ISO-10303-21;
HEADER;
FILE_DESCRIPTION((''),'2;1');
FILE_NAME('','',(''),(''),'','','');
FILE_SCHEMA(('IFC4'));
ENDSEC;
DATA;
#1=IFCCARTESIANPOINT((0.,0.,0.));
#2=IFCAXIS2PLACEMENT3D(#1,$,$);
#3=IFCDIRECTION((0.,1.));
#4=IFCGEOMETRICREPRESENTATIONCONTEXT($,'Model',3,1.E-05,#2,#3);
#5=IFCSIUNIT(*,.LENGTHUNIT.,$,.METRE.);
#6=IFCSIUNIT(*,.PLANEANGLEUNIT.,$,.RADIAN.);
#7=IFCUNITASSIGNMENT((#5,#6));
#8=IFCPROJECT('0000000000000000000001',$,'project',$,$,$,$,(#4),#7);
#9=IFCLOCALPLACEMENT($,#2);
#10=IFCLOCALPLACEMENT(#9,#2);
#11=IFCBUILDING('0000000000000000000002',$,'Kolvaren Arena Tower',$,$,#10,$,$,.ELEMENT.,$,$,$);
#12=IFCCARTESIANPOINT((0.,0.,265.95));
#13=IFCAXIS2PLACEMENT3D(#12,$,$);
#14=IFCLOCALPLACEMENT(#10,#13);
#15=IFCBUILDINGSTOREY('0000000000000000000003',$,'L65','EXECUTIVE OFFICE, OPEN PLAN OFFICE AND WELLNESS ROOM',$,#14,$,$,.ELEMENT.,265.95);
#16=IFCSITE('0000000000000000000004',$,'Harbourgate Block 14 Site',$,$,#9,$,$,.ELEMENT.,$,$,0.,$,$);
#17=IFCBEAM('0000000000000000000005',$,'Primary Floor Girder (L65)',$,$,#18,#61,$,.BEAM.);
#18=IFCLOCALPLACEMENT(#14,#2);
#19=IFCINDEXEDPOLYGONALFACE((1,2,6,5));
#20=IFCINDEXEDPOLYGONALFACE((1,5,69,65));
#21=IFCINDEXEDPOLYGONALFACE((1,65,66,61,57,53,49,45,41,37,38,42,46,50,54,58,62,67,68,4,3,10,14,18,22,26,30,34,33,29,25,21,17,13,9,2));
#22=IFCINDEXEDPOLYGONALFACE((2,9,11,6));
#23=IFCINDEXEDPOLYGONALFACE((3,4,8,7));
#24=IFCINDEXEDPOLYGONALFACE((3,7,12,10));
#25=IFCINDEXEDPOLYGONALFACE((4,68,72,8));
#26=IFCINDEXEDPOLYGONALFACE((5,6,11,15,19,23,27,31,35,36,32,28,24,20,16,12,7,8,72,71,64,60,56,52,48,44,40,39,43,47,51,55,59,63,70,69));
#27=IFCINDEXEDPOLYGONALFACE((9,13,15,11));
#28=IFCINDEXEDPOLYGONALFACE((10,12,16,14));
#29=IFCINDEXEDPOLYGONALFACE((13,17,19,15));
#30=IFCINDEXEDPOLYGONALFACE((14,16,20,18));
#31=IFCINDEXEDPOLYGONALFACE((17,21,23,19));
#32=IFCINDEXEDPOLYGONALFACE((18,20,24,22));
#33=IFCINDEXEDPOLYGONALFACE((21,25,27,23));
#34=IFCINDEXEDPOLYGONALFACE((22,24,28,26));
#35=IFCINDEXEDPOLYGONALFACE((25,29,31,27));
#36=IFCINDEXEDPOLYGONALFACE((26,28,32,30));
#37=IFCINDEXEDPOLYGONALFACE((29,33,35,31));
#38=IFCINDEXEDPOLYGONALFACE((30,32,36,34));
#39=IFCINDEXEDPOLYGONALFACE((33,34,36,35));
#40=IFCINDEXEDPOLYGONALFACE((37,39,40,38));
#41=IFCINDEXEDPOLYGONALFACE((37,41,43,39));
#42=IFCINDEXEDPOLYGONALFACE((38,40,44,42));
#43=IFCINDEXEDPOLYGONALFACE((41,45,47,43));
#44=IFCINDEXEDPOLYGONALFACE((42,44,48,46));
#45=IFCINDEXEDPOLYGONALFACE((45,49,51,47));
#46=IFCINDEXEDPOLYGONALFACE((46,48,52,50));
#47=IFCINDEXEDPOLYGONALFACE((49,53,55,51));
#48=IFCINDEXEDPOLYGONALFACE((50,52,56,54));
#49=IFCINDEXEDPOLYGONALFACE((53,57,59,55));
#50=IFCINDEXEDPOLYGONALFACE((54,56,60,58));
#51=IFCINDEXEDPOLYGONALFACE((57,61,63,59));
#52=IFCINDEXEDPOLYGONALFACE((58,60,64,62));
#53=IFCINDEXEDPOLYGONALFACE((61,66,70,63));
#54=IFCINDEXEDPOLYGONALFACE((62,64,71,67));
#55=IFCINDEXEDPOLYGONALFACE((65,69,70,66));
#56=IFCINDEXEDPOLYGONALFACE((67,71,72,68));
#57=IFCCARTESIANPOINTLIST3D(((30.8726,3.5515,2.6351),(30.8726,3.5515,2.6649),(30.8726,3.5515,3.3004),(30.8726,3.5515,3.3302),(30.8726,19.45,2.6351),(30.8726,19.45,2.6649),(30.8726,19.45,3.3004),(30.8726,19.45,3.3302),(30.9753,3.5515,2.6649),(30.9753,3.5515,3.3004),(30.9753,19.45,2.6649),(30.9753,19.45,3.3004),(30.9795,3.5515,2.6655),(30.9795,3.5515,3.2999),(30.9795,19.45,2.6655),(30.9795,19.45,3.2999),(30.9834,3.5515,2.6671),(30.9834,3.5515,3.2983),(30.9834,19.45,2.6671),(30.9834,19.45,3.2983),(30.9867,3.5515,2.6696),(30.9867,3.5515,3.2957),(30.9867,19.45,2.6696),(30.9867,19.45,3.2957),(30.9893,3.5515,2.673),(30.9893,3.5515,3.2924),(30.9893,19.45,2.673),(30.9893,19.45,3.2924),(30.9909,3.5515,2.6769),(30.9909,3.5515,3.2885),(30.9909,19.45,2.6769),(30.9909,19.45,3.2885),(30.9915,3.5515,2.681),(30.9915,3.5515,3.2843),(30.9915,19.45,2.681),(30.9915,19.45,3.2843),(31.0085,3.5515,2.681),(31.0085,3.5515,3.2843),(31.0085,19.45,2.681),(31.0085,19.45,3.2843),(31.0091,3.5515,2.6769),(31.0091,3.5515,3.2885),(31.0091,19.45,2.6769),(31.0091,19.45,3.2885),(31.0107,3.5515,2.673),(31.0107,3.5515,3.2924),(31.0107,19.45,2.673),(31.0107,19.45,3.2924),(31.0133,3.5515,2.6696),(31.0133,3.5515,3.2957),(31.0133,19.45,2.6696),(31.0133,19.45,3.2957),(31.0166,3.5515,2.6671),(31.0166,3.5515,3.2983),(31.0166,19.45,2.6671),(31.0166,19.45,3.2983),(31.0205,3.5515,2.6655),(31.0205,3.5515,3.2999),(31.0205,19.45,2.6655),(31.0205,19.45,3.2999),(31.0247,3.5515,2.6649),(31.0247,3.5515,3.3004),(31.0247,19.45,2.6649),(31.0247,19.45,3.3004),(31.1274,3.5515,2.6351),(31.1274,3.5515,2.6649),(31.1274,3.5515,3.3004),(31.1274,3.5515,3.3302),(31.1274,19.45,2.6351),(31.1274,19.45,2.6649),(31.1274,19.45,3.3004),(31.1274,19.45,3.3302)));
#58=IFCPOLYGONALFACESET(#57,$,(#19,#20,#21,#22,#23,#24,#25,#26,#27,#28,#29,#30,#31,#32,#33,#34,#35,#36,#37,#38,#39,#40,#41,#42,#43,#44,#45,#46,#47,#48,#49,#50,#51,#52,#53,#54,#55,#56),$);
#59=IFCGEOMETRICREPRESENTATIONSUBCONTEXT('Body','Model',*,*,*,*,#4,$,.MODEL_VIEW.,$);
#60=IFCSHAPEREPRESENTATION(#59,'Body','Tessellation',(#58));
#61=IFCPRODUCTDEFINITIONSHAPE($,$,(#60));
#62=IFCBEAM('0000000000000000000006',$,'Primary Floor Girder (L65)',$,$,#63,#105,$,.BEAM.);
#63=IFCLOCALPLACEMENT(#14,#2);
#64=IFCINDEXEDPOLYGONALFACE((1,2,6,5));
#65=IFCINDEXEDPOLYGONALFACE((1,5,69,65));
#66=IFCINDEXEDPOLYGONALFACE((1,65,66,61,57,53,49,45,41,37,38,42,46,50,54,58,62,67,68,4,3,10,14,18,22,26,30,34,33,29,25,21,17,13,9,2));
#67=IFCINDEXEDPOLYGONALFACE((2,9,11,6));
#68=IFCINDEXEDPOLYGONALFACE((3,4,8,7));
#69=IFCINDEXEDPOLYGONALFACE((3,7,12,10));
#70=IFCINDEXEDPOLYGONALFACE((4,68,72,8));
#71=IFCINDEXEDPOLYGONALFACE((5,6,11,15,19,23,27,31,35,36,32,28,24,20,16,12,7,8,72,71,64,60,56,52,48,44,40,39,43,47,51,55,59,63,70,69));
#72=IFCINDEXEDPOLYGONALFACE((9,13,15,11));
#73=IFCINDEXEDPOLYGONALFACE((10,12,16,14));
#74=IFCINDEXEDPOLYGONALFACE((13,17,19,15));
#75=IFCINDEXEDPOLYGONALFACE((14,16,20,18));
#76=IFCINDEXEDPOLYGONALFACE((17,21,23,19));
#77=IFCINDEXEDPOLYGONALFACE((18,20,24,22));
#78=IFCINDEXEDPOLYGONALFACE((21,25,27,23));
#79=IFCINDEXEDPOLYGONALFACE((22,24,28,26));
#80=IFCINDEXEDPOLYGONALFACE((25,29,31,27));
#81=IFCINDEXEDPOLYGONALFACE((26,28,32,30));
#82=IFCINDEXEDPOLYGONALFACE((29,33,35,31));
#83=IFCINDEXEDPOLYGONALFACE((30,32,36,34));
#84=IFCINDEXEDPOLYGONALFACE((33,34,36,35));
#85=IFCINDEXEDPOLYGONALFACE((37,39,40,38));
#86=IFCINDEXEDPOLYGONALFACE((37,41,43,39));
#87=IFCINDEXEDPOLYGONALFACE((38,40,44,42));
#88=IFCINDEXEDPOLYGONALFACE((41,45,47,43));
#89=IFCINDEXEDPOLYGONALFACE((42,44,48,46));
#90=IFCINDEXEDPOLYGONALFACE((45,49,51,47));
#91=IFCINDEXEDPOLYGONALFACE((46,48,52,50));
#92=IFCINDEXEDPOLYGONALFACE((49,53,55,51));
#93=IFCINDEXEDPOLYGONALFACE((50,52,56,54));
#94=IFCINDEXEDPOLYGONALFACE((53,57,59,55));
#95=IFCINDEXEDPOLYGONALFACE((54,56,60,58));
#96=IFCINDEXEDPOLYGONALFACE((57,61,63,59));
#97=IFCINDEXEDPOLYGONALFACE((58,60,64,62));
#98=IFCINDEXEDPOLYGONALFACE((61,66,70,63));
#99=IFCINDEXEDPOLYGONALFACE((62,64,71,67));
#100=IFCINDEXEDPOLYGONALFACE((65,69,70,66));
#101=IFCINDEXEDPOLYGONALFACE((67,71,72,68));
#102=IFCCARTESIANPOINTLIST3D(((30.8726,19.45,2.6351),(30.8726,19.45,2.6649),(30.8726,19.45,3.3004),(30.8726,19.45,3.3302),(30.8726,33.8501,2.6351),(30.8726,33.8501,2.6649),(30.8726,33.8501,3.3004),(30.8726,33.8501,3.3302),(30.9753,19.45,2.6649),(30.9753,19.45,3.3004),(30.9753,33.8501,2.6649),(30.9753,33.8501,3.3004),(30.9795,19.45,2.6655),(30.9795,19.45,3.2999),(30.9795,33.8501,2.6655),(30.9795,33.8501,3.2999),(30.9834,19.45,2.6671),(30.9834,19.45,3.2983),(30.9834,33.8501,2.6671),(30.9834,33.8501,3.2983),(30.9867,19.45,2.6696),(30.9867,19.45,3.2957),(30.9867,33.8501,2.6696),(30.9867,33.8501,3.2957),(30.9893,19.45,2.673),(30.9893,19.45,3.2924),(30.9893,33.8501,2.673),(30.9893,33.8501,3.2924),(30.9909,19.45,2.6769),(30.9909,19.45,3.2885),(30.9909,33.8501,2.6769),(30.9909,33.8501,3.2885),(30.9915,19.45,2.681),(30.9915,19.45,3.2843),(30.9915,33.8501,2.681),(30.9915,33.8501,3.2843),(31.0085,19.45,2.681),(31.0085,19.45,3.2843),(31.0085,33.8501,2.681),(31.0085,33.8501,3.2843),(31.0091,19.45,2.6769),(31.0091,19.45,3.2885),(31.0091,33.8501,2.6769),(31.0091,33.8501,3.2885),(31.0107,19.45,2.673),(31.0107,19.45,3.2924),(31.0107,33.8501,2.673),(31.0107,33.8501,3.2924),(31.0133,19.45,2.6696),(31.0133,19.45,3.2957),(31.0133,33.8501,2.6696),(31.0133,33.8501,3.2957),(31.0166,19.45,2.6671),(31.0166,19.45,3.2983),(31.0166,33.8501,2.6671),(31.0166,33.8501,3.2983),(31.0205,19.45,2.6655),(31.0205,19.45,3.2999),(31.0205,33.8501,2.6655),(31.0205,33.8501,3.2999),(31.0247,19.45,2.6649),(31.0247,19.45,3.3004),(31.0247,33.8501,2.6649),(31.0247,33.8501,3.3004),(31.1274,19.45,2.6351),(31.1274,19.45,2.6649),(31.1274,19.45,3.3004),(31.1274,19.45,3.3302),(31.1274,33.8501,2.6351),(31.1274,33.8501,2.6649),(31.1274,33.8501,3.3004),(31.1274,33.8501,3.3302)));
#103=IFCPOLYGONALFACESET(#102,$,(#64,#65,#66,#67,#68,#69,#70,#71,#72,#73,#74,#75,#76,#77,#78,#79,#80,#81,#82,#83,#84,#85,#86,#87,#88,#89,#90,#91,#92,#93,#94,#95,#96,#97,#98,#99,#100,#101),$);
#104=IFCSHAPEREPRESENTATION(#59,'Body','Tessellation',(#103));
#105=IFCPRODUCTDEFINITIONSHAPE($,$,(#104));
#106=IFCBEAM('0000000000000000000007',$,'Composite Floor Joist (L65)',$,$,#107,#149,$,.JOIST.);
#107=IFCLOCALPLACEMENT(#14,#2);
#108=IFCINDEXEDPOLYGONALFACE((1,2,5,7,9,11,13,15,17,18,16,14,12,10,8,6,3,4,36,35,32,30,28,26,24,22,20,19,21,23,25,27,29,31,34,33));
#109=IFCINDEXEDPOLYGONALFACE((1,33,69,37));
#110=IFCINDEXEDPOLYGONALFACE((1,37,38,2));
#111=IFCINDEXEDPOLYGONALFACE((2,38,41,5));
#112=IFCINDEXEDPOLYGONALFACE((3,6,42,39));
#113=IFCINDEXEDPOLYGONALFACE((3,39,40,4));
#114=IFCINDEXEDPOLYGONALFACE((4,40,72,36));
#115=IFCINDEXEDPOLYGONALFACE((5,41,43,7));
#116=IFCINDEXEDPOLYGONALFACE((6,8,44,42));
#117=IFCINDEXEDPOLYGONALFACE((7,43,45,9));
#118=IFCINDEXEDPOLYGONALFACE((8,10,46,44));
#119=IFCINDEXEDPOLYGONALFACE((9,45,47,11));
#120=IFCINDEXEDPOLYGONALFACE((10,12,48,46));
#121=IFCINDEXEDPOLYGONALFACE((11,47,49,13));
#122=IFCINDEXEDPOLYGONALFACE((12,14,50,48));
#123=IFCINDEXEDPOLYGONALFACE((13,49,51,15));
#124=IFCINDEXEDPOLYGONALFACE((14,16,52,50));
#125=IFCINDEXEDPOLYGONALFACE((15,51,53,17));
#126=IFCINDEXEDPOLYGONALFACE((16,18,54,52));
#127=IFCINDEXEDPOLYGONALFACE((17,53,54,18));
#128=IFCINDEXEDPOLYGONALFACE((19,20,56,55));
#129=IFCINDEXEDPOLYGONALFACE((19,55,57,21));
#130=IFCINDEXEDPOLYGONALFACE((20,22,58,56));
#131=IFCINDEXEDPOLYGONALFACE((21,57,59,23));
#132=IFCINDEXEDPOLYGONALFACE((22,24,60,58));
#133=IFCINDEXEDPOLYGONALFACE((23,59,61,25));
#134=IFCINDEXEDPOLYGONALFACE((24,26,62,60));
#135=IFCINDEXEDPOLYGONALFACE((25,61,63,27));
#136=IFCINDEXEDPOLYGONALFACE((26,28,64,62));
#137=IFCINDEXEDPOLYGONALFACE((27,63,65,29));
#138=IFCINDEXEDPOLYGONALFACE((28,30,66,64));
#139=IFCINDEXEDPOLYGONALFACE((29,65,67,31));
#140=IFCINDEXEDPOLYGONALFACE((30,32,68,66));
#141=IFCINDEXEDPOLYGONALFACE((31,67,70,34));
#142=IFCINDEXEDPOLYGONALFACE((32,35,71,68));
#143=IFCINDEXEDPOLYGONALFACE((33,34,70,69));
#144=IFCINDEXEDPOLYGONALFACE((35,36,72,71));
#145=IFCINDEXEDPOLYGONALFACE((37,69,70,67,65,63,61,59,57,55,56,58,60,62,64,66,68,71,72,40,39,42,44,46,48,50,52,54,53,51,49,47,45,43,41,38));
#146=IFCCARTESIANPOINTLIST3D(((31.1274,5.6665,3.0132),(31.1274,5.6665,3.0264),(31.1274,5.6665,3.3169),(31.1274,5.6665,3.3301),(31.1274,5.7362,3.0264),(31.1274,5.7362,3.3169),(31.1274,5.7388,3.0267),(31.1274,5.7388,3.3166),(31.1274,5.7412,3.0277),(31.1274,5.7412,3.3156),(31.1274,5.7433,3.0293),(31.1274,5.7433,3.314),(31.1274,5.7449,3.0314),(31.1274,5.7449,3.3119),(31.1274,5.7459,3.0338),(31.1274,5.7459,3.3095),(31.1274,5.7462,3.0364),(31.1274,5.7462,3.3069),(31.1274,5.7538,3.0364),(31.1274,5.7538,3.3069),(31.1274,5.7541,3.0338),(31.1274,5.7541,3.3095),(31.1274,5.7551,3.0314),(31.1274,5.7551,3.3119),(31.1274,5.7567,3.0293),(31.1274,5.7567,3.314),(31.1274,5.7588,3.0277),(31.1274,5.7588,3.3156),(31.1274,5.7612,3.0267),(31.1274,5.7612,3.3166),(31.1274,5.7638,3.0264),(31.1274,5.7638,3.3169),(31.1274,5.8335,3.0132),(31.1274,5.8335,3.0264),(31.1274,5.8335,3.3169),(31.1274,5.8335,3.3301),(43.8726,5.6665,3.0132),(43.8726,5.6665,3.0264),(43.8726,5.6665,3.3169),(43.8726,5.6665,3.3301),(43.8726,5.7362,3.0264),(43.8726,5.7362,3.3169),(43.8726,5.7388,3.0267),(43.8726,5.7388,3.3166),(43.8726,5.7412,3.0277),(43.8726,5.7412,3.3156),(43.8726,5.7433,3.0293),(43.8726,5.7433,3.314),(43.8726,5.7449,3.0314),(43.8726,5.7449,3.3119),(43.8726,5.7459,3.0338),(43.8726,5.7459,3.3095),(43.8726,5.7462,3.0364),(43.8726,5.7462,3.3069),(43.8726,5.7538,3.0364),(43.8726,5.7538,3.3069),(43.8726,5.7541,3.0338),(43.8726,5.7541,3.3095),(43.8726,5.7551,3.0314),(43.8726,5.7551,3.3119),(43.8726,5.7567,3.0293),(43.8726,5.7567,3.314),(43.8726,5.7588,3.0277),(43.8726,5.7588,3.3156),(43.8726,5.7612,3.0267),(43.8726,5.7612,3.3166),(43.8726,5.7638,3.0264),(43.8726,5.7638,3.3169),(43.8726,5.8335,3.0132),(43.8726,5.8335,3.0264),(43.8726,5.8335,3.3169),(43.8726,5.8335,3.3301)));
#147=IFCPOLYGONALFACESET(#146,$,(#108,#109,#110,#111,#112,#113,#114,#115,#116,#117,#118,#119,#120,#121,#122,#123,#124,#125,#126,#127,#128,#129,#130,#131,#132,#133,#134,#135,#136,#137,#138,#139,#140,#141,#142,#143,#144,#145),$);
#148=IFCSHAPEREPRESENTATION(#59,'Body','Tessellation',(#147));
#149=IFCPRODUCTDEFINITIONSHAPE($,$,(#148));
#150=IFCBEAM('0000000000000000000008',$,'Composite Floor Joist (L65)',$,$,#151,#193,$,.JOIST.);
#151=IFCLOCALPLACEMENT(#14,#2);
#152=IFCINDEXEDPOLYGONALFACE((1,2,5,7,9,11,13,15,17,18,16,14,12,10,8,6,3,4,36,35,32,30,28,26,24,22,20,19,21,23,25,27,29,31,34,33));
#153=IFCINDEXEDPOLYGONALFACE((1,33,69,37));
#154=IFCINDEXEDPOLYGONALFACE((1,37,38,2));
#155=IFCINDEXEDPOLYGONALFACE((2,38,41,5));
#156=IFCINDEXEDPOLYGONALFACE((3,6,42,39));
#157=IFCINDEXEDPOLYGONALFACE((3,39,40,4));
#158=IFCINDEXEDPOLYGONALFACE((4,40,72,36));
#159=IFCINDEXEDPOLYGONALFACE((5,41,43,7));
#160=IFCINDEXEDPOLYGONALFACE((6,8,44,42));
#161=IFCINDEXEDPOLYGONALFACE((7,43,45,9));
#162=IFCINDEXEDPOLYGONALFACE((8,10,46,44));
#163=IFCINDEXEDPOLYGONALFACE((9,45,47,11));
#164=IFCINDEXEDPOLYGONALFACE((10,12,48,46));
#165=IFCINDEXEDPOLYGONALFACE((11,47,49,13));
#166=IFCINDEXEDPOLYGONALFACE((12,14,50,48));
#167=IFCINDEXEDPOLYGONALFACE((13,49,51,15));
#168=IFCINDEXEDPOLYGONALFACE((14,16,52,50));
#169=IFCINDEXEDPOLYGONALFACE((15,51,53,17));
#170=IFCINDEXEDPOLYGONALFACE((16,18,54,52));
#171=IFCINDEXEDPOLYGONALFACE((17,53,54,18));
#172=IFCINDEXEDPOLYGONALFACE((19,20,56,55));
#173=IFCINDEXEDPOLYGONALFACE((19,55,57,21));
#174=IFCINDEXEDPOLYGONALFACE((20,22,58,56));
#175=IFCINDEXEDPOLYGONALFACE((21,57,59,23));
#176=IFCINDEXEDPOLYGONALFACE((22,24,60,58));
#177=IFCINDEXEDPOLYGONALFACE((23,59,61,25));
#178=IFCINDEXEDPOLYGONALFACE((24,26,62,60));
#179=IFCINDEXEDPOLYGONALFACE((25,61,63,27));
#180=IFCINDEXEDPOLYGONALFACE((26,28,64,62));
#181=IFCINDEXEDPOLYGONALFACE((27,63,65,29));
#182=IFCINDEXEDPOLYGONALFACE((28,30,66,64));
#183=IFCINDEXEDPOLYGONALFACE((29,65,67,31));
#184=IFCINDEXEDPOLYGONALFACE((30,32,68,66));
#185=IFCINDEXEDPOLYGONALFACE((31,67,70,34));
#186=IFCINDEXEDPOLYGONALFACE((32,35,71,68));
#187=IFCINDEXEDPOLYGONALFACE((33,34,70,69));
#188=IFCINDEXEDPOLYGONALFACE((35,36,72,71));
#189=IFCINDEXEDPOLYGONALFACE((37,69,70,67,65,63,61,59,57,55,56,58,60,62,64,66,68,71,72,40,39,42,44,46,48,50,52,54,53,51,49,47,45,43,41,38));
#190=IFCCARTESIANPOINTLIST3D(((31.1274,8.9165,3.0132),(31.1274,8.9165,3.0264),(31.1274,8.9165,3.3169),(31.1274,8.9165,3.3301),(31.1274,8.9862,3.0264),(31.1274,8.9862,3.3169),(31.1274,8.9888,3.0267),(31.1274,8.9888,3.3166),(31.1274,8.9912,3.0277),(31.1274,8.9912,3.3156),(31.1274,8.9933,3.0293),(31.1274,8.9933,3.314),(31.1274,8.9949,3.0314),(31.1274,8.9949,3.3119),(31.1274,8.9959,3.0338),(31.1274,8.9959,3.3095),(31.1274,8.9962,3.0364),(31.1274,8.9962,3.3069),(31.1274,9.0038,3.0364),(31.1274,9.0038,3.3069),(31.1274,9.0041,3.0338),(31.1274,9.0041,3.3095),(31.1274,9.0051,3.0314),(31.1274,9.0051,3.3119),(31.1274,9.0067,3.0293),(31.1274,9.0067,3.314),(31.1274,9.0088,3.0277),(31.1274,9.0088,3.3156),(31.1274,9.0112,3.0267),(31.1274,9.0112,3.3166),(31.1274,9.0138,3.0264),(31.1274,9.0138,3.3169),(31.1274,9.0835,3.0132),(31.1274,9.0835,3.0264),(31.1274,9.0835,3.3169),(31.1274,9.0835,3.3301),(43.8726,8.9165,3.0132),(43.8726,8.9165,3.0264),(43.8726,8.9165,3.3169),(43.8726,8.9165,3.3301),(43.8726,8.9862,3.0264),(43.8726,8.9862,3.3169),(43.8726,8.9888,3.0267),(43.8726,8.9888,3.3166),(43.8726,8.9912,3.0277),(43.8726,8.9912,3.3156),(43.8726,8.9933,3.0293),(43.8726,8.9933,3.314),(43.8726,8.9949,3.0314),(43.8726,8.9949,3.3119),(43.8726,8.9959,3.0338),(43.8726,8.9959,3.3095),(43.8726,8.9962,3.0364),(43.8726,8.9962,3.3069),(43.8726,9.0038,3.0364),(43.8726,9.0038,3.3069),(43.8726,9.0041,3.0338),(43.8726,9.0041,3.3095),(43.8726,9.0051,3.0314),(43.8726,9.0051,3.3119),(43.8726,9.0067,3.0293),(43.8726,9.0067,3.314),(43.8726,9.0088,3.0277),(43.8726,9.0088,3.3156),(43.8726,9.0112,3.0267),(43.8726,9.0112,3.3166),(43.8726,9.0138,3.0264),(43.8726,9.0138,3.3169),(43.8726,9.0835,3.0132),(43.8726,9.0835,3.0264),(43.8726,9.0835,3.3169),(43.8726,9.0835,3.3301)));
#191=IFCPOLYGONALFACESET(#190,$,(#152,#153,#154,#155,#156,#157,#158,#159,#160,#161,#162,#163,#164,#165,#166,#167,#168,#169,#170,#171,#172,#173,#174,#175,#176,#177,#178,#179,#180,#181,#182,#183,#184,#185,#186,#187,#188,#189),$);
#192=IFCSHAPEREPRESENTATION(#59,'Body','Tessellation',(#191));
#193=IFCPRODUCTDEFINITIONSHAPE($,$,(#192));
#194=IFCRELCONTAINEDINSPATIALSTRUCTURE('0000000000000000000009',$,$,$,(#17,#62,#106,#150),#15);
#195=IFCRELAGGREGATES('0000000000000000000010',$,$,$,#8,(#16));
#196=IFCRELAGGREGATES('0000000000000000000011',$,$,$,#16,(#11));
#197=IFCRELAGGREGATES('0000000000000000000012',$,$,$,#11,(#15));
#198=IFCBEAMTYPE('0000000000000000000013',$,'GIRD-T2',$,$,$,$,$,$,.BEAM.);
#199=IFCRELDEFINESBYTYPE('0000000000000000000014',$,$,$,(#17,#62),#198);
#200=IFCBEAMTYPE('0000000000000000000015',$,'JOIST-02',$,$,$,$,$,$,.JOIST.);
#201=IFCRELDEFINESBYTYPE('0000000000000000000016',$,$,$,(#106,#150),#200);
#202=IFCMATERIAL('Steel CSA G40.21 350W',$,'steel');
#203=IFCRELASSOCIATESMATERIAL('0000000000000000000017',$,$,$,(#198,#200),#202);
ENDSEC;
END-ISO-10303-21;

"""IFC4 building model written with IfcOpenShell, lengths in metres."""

from ifc_helpers import new_model, si_unit, direction, frame, origin, origin_2d, place, context, subcontext, project, spatial, i_section, extrude, material, material_profile, profile_set, type_object, element, save


model = new_model("IFC4")

# Units and contexts
model_context = context("Model", 3, precision=1e-05, world=origin(), true_north=direction((0.0, 1.0)))
body_context = subcontext(model_context, "Body", "Model", "MODEL_VIEW")
ifc_project = project(units=[si_unit("LENGTHUNIT", "METRE"), si_unit("PLANEANGLEUNIT", "RADIAN")], contexts=[model_context])

# Site, building, storey
site_placement = place(None, origin())
site = spatial("IfcSite", under=ifc_project, at=site_placement, Name="Harbourgate Block 14 Site", CompositionType="ELEMENT", RefElevation=0.0)
building_placement = place(site_placement, origin())
building = spatial("IfcBuilding", under=site, at=building_placement, Name="Kolvaren Arena Tower", CompositionType="ELEMENT")
storey_placement = place(building_placement, frame((0.0, 0.0, 265.95)))
storey = spatial("IfcBuildingStorey", under=building, at=storey_placement, Name="L65", Description="EXECUTIVE OFFICE, OPEN PLAN OFFICE AND WELLNESS ROOM", CompositionType="ELEMENT", Elevation=265.95)

# Beams
ifc_material_1 = material(Name="Steel CSA G40.21 350W", Category="steel")
ifc_material_profile_1 = material_profile(ifc_material_1, i_section(OverallWidth=0.2549, OverallDepth=0.6951, WebThickness=0.0171, FlangeThickness=0.0298, FilletRadius=0.0161, at=origin_2d()), Name="W690x217")
ifc_profile_set_1 = profile_set([ifc_material_profile_1], Name="Steel CSA G40.21 350W")
beam_type_1 = type_object("IfcBeamType", Name="GIRD-T2", PredefinedType="BEAM", material=ifc_profile_set_1)
beam_1_placement = place(storey_placement, frame((31.0, 3.5515, 2.9827), z_axis=(0.0, 1.0, 0.0), x_axis=(-1.0, 0.0, 0.0)))
element("IfcBeam", 1, at=beam_1_placement, inside=storey, type_object=beam_type_1, Name="Primary Floor Girder (L65)", PredefinedType="BEAM", context=body_context, shape_type="SweptSolid", body=[
    extrude(i_section(OverallWidth=0.2549, OverallDepth=0.6951, WebThickness=0.0171, FlangeThickness=0.0298, FilletRadius=0.0161, at=origin_2d()), origin(), (0.0, 0.0, 1.0), 15.8984),
])
beam_2_placement = place(storey_placement, frame((31.0, 19.45, 2.9827), z_axis=(0.0, 1.0, 0.0), x_axis=(-1.0, 0.0, 0.0)))
element("IfcBeam", 2, at=beam_2_placement, inside=storey, type_object=beam_type_1, Name="Primary Floor Girder (L65)", PredefinedType="BEAM", context=body_context, shape_type="SweptSolid", body=[
    extrude(i_section(OverallWidth=0.2549, OverallDepth=0.6951, WebThickness=0.0171, FlangeThickness=0.0298, FilletRadius=0.0161, at=origin_2d()), origin(), (0.0, 0.0, 1.0), 14.4001),
])
ifc_material_profile_2 = material_profile(ifc_material_1, i_section(OverallWidth=0.167, OverallDepth=0.3169, WebThickness=0.0076, FlangeThickness=0.0132, FilletRadius=0.01, at=origin_2d()), Name="W310x52")
ifc_profile_set_2 = profile_set([ifc_material_profile_2], Name="Steel CSA G40.21 350W")
beam_type_2 = type_object("IfcBeamType", Name="JOIST-02", PredefinedType="JOIST", material=ifc_profile_set_2)
for number, where, z_axis, x_axis, name in (
    (3, (31.1274, 5.75, 3.1716), (1.0, 0.0, 0.0), (0.0, 1.0, 0.0), "Composite Floor Joist (L65)"),
    (4, (31.1274, 9.0, 3.1716), (1.0, 0.0, 0.0), (0.0, 1.0, 0.0), "Composite Floor Joist (L65)"),
):
    element("IfcBeam", number, at=place(storey_placement, frame(where, z_axis=z_axis, x_axis=x_axis)), inside=storey, type_object=beam_type_2, Name=name, PredefinedType="JOIST", context=body_context, shape_type="SweptSolid", body=[
        extrude(i_section(OverallWidth=0.167, OverallDepth=0.3169, WebThickness=0.0076, FlangeThickness=0.0132, FilletRadius=0.01, at=origin_2d()), origin(), (0.0, 0.0, 1.0), 12.7451),
    ])

save(model, "model.ifc")
